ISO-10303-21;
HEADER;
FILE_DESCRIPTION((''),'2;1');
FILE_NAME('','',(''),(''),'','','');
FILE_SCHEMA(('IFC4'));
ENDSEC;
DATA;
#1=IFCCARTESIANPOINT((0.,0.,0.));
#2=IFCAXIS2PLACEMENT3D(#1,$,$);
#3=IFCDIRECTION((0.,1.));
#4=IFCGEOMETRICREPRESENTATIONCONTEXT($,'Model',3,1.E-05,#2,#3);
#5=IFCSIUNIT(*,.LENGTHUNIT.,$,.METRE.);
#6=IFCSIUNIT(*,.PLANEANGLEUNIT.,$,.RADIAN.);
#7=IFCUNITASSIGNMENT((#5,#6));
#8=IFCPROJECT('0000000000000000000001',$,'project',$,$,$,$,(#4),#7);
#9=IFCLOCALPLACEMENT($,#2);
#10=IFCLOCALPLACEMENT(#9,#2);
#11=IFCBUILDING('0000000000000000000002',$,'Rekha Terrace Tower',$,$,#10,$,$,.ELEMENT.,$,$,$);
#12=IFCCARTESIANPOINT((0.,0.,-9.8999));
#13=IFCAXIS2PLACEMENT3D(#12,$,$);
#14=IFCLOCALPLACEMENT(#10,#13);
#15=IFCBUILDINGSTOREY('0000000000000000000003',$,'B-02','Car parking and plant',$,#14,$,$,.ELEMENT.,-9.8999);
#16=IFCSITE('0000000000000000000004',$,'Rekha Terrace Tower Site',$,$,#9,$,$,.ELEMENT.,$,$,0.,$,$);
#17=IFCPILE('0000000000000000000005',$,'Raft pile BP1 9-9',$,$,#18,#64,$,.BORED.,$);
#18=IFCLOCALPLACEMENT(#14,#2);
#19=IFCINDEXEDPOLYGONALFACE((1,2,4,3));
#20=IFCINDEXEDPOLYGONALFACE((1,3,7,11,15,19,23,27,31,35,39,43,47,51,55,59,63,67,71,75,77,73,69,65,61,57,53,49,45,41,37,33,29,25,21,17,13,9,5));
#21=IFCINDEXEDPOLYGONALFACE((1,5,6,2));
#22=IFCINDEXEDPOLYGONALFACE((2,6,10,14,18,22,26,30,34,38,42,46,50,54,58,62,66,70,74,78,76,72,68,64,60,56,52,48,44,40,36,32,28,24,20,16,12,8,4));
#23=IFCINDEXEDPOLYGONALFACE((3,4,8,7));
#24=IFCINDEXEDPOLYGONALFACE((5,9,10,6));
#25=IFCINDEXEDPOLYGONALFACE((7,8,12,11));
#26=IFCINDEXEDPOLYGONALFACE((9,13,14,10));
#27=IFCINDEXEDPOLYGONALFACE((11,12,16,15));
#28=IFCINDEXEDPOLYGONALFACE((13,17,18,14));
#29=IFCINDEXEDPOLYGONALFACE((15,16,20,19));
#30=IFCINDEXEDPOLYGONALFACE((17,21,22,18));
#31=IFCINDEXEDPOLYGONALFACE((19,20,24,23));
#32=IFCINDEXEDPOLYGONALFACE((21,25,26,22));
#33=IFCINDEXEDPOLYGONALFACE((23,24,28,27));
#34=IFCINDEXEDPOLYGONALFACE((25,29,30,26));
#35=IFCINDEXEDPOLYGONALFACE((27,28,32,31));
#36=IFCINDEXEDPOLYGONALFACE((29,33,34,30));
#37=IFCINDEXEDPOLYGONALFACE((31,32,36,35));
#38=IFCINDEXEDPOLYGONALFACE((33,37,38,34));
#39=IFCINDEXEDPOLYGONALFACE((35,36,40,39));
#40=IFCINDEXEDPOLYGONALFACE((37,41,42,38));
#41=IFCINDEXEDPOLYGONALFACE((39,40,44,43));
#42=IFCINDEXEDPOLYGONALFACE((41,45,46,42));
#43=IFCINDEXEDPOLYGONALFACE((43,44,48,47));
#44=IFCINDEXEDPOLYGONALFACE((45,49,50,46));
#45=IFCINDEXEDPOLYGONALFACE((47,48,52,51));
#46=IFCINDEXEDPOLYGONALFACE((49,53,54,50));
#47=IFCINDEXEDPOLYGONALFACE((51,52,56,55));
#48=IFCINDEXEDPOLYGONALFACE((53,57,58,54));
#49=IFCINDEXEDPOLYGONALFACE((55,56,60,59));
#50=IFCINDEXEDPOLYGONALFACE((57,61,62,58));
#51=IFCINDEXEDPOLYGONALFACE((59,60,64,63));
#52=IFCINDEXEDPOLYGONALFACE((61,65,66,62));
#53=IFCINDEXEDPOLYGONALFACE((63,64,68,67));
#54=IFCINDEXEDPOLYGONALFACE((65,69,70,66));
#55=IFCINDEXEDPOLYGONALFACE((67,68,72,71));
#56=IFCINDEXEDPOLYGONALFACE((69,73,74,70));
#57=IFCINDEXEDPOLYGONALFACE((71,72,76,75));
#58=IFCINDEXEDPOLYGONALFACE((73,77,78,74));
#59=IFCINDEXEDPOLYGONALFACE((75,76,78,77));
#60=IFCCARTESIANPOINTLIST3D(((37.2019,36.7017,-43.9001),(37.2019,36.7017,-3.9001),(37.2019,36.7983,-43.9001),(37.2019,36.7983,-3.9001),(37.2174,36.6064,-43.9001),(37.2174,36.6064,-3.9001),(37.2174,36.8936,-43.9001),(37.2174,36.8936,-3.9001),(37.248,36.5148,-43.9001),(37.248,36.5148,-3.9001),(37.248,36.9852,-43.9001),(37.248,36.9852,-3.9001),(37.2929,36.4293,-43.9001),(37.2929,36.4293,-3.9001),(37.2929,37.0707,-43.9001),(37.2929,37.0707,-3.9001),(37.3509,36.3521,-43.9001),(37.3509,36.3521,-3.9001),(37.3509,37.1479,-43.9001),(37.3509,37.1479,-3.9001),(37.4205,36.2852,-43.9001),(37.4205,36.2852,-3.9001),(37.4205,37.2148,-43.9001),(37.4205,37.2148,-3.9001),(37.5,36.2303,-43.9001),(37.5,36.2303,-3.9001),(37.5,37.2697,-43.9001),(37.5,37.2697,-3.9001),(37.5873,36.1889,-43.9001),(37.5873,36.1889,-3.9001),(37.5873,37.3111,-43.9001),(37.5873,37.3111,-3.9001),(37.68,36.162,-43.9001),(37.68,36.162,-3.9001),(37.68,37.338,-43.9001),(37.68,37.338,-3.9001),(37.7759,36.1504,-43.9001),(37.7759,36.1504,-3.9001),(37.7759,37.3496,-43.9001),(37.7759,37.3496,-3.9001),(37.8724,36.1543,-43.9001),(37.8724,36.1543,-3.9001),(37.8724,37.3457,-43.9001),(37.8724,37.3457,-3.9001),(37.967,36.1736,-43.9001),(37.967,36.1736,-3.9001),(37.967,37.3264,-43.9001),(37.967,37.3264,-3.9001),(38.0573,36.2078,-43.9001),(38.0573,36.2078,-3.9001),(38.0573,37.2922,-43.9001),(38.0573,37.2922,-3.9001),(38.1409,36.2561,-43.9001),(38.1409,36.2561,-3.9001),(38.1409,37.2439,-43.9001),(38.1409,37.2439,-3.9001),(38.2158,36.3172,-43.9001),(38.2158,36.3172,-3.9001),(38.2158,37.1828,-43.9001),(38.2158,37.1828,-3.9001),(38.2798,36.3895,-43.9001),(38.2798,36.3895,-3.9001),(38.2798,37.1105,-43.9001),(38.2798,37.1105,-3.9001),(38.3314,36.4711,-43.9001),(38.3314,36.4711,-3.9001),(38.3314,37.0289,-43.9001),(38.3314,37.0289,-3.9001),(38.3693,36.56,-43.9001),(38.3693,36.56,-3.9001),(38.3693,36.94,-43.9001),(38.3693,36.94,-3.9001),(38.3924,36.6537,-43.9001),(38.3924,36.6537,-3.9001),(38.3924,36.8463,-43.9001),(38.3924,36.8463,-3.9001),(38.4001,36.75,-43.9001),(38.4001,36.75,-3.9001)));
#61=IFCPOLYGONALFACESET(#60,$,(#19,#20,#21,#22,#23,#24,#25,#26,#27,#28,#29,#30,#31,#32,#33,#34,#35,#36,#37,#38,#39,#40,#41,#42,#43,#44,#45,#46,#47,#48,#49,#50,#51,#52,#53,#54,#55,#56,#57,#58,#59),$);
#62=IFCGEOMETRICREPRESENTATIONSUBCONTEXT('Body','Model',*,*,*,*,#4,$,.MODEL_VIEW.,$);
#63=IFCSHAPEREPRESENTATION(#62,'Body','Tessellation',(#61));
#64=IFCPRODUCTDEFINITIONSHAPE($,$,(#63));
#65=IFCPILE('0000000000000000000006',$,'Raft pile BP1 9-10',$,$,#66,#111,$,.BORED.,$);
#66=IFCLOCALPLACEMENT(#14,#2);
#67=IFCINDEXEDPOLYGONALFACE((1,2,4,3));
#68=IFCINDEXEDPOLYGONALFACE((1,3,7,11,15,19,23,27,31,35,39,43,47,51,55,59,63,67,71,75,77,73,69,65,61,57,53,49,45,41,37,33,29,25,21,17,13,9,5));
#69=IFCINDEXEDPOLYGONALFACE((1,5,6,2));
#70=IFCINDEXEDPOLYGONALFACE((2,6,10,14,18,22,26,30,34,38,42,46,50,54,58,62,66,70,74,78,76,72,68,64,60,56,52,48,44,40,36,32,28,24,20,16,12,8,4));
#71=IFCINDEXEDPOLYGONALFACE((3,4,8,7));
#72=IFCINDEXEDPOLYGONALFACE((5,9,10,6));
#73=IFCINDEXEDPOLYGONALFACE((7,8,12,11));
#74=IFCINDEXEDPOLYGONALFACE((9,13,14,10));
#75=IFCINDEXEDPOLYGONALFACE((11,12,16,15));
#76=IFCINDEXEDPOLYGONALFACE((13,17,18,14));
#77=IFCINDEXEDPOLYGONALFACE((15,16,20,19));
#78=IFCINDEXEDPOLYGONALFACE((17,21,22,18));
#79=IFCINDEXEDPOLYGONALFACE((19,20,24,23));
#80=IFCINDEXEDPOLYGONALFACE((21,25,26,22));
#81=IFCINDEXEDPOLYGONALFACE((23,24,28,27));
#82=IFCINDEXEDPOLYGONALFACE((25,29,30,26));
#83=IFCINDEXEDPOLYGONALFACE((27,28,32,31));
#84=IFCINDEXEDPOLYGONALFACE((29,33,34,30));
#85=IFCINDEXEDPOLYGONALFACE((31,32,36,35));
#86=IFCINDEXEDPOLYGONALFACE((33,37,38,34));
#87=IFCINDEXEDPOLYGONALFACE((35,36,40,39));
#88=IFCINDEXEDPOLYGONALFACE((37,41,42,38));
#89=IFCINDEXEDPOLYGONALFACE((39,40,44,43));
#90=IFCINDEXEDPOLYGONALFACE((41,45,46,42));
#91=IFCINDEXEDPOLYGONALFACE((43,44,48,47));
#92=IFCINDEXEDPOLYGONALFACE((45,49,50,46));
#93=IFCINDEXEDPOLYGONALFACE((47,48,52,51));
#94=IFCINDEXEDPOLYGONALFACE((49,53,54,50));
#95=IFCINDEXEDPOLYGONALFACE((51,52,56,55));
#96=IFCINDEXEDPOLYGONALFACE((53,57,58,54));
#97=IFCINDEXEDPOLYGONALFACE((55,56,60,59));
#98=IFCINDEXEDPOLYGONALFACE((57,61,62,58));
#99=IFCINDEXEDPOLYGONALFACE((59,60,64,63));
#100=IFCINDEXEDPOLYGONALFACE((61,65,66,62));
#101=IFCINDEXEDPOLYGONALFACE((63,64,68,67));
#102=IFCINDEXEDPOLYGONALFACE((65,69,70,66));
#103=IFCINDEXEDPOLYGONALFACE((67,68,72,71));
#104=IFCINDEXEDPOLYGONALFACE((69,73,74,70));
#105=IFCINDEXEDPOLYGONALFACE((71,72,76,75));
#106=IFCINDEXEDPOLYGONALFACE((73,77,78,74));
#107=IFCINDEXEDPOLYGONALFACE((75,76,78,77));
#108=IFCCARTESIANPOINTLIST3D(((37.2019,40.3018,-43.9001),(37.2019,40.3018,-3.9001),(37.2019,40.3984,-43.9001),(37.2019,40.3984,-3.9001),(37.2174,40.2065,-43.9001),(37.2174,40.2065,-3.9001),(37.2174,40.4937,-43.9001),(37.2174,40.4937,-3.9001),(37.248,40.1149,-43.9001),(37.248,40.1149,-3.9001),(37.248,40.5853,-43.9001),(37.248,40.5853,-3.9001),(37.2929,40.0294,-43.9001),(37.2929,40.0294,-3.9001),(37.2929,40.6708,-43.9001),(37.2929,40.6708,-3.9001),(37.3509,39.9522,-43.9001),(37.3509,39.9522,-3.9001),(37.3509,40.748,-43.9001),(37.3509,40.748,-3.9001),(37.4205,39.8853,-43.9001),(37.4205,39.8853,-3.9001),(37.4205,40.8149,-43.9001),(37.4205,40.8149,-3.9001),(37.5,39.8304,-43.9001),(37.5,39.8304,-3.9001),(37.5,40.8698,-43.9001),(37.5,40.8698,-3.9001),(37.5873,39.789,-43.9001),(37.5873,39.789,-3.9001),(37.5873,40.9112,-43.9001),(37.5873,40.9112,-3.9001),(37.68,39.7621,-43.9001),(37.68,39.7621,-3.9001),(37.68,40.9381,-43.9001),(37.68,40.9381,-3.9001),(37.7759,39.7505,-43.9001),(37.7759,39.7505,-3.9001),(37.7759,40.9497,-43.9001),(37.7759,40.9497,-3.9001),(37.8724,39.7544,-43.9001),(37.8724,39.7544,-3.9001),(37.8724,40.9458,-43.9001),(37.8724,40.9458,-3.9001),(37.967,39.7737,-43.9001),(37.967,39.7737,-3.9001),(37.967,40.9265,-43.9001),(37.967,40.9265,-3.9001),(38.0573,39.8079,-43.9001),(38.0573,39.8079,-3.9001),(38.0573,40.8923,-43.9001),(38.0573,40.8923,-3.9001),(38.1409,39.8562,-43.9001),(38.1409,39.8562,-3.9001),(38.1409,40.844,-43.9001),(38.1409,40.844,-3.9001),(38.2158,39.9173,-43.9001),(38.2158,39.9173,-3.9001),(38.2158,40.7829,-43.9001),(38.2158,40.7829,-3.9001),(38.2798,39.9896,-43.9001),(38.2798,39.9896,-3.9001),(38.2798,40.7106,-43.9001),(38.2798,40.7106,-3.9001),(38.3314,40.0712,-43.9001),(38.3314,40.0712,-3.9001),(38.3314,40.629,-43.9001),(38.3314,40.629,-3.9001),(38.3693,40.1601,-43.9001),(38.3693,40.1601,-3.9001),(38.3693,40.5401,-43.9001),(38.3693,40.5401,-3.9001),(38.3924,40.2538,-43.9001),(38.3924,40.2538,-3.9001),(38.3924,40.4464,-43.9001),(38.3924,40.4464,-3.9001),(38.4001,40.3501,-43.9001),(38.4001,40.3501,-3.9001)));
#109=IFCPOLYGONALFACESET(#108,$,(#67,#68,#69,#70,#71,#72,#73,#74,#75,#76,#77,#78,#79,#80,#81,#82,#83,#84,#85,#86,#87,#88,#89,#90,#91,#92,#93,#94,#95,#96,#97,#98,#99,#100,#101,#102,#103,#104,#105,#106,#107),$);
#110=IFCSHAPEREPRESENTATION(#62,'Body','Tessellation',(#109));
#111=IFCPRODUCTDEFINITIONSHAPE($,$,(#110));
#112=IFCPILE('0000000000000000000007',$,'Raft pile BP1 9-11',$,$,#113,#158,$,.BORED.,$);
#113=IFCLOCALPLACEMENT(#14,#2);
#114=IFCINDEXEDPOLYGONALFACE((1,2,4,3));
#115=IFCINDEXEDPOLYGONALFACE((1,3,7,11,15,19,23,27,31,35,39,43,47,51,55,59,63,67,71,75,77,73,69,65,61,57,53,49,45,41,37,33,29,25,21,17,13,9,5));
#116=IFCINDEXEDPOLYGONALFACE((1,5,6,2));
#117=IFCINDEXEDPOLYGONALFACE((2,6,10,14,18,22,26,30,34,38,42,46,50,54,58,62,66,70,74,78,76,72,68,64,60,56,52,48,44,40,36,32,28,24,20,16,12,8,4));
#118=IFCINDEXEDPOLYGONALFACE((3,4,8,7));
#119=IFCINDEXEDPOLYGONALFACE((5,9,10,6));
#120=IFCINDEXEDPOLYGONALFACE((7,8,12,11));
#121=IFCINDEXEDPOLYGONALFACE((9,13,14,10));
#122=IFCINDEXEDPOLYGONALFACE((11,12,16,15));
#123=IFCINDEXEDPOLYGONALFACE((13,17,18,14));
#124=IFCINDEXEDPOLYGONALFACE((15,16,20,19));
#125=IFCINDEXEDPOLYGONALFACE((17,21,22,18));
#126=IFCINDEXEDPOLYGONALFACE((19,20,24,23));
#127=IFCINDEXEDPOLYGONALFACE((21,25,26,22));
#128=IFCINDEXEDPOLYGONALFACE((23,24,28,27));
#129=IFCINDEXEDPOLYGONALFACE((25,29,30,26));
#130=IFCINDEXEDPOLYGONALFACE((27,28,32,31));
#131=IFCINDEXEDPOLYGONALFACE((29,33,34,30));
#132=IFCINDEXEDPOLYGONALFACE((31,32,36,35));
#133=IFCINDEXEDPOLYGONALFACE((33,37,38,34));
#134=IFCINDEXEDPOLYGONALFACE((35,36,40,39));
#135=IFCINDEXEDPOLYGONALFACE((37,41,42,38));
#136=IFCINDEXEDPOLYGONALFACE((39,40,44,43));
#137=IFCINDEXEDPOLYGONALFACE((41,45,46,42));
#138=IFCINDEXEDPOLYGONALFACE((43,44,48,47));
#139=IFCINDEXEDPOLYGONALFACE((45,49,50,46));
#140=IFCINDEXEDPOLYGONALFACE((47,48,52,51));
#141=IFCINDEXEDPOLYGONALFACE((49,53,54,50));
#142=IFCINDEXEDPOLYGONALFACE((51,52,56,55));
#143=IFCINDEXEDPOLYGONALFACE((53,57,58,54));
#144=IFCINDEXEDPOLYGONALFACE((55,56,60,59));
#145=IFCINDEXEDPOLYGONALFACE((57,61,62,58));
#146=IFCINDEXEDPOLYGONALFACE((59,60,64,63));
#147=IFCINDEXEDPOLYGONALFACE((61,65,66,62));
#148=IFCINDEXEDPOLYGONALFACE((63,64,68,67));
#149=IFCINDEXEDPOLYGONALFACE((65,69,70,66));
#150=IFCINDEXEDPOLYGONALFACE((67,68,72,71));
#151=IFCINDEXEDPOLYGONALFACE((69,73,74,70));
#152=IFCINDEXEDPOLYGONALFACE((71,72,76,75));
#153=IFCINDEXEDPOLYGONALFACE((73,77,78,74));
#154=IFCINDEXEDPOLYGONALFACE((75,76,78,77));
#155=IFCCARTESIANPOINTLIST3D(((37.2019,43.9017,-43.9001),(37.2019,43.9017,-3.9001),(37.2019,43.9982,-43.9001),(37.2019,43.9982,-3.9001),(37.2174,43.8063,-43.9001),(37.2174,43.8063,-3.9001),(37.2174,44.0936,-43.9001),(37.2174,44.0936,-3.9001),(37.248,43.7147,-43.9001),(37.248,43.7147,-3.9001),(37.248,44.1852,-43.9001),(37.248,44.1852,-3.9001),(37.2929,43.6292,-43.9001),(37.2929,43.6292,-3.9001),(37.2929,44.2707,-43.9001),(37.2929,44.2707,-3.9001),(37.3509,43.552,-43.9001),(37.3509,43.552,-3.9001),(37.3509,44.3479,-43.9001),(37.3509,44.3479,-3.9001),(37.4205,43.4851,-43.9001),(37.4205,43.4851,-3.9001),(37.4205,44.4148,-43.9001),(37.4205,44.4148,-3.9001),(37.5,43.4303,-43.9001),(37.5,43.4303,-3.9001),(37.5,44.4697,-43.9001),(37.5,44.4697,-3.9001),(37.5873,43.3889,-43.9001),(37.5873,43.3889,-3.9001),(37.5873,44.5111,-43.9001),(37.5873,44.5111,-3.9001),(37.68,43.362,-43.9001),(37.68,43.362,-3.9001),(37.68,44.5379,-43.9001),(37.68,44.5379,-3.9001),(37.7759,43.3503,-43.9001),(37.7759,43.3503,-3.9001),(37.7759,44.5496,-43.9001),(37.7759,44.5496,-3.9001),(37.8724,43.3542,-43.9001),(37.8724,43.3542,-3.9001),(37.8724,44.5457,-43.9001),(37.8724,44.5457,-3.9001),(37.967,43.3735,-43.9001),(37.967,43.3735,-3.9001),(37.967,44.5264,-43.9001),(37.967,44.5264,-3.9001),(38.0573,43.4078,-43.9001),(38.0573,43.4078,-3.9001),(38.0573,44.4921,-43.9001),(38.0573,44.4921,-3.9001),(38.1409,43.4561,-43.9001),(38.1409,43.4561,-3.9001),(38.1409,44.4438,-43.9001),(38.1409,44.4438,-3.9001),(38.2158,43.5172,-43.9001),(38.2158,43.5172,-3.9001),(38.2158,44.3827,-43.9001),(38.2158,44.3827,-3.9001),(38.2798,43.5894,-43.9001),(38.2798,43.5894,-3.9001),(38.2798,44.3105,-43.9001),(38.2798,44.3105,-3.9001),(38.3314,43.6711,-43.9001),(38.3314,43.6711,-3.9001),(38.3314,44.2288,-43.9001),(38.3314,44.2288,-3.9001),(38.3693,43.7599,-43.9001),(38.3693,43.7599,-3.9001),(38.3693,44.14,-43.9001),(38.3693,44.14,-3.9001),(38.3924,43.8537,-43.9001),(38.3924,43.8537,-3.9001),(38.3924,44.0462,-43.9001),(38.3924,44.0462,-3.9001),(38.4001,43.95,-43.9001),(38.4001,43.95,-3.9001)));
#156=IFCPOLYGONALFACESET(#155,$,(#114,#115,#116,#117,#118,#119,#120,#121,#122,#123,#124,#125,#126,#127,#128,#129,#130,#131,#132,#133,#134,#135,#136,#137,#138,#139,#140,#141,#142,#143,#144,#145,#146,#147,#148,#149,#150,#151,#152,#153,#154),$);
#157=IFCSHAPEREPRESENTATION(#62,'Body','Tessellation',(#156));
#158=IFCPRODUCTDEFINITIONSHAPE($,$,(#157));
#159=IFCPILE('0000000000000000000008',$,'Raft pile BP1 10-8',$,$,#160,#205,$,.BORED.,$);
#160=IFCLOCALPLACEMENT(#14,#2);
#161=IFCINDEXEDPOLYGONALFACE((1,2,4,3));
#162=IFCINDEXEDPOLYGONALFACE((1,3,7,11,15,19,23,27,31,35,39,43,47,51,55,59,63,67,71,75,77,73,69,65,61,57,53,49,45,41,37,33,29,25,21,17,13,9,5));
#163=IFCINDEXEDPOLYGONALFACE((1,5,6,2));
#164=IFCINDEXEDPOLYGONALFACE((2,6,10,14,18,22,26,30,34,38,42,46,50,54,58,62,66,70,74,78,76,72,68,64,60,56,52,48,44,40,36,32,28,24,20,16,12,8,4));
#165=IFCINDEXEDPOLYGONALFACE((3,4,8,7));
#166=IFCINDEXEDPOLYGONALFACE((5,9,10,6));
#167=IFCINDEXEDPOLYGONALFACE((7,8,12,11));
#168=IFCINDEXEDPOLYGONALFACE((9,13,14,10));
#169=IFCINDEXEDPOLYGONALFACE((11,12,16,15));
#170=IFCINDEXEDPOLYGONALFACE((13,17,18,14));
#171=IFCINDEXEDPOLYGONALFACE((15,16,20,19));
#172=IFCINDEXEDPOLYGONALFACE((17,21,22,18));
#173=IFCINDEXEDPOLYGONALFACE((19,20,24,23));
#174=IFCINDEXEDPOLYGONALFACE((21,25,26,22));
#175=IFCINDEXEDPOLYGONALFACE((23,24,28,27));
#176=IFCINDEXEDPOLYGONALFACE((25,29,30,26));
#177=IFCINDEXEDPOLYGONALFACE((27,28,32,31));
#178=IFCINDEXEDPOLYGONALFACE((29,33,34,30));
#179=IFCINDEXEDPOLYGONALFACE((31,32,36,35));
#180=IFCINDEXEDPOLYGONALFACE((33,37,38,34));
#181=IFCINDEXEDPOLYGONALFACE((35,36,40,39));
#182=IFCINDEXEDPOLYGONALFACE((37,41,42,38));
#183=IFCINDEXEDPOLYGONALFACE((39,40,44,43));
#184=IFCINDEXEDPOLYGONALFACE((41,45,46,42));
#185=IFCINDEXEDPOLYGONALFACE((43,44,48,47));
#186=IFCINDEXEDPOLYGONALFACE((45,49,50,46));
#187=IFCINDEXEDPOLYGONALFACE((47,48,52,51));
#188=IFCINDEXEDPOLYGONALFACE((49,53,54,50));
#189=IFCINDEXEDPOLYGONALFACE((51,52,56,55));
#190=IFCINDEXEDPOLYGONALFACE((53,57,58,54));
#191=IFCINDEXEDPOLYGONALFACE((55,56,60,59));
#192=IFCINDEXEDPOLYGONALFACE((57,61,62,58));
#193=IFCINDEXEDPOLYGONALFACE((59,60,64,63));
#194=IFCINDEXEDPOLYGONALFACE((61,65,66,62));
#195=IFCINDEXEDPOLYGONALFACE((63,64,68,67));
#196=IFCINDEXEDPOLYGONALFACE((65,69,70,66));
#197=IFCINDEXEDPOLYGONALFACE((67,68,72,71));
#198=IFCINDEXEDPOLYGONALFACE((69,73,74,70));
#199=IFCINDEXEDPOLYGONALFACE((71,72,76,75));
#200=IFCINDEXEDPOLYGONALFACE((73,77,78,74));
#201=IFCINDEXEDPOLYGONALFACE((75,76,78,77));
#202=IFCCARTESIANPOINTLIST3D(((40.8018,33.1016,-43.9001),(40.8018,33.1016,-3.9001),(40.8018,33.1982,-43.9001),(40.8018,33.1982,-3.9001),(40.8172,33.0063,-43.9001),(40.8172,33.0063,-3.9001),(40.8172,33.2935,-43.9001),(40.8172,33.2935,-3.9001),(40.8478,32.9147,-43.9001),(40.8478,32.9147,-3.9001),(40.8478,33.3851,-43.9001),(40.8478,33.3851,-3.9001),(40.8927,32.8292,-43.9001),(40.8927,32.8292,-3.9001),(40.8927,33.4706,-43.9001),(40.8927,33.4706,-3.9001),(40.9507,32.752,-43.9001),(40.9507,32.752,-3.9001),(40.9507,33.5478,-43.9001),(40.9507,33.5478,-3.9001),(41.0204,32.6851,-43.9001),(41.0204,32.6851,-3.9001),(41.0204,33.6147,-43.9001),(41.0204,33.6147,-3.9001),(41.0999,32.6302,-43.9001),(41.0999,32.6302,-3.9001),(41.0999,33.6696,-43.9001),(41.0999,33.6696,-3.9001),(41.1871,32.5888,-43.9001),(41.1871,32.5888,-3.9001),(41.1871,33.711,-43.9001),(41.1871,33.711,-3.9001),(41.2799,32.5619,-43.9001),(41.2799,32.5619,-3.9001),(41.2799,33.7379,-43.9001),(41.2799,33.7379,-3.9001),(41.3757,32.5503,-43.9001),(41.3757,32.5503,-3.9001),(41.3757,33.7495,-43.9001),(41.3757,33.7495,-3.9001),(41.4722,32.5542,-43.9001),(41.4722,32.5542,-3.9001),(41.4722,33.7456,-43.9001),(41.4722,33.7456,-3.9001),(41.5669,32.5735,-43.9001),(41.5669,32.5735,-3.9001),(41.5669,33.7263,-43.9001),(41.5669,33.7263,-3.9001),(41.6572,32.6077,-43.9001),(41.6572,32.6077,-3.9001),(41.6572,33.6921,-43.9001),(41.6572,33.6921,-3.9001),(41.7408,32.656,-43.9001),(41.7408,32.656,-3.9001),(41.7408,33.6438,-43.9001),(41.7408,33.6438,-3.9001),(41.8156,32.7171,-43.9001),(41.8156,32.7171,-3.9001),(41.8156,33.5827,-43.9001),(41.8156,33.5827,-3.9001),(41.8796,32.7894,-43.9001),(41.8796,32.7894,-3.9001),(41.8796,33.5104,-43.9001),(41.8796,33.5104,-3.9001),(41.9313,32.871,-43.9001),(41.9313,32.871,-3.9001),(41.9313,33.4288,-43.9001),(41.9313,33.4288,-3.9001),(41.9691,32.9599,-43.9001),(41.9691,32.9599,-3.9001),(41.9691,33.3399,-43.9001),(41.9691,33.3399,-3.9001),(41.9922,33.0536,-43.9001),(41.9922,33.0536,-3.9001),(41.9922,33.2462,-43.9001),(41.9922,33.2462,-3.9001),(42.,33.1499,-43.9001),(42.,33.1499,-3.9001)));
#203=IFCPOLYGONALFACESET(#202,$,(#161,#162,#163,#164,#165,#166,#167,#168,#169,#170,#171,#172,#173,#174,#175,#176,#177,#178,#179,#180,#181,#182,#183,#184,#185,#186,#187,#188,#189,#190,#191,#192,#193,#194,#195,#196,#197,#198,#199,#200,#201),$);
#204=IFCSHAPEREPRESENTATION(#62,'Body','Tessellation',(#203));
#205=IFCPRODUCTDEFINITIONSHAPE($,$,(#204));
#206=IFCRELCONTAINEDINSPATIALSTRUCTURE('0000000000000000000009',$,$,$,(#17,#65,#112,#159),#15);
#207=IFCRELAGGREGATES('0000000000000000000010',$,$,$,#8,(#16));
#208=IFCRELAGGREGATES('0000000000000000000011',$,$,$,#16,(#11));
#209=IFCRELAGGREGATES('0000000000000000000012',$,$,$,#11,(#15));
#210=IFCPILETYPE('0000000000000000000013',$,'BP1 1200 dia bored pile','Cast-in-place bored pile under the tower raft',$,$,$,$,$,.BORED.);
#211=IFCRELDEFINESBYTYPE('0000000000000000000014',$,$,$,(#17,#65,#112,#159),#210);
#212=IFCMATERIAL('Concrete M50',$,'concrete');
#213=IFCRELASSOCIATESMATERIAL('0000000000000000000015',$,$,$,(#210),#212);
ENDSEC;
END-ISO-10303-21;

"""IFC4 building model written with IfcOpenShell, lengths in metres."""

from ifc_helpers import new_model, si_unit, direction, frame, origin, origin_2d, place, context, subcontext, project, spatial, circle, extrude, material, type_object, element, save


model = new_model("IFC4")

# Units and contexts
model_context = context("Model", 3, precision=1e-05, world=origin(), true_north=direction((0.0, 1.0)))
body_context = subcontext(model_context, "Body", "Model", "MODEL_VIEW")
ifc_project = project(units=[si_unit("LENGTHUNIT", "METRE"), si_unit("PLANEANGLEUNIT", "RADIAN")], contexts=[model_context])

# Site, building, storey
site_placement = place(None, origin())
site = spatial("IfcSite", under=ifc_project, at=site_placement, Name="Rekha Terrace Tower Site", CompositionType="ELEMENT", RefElevation=0.0)
building_placement = place(site_placement, origin())
building = spatial("IfcBuilding", under=site, at=building_placement, Name="Rekha Terrace Tower", CompositionType="ELEMENT")
storey_placement = place(building_placement, frame((0.0, 0.0, -9.8999)))
storey = spatial("IfcBuildingStorey", under=building, at=storey_placement, Name="B-02", Description="Car parking and plant", CompositionType="ELEMENT", Elevation=-9.8999)

# Piles
ifc_material_1 = material(Name="Concrete M50", Category="concrete")
pile_type = type_object("IfcPileType", Name="BP1 1200 dia bored pile", Description="Cast-in-place bored pile under the tower raft", PredefinedType="BORED", material=ifc_material_1)
for number, where, z_axis, x_axis, name in (
    (1, (37.8, 36.75, -3.9001), (0.0, 0.0, -1.0), (1.0, 0.0, 0.0), "Raft pile BP1 9-9"),
    (2, (37.8, 40.3501, -3.9001), (0.0, 0.0, -1.0), (1.0, 0.0, 0.0), "Raft pile BP1 9-10"),
    (3, (37.8, 43.95, -3.9001), (0.0, 0.0, -1.0), (1.0, 0.0, 0.0), "Raft pile BP1 9-11"),
    (4, (41.3999, 33.1499, -3.9001), (0.0, 0.0, -1.0), (1.0, 0.0, 0.0), "Raft pile BP1 10-8"),
):
    element("IfcPile", number, at=place(storey_placement, frame(where, z_axis=z_axis, x_axis=x_axis)), inside=storey, type_object=pile_type, Name=name, PredefinedType="BORED", context=body_context, shape_type="SweptSolid", body=[
        extrude(circle(Radius=0.6001, at=origin_2d()), origin(), (0.0, 0.0, 1.0), 40.0),
    ])

save(model, "model.ifc")
